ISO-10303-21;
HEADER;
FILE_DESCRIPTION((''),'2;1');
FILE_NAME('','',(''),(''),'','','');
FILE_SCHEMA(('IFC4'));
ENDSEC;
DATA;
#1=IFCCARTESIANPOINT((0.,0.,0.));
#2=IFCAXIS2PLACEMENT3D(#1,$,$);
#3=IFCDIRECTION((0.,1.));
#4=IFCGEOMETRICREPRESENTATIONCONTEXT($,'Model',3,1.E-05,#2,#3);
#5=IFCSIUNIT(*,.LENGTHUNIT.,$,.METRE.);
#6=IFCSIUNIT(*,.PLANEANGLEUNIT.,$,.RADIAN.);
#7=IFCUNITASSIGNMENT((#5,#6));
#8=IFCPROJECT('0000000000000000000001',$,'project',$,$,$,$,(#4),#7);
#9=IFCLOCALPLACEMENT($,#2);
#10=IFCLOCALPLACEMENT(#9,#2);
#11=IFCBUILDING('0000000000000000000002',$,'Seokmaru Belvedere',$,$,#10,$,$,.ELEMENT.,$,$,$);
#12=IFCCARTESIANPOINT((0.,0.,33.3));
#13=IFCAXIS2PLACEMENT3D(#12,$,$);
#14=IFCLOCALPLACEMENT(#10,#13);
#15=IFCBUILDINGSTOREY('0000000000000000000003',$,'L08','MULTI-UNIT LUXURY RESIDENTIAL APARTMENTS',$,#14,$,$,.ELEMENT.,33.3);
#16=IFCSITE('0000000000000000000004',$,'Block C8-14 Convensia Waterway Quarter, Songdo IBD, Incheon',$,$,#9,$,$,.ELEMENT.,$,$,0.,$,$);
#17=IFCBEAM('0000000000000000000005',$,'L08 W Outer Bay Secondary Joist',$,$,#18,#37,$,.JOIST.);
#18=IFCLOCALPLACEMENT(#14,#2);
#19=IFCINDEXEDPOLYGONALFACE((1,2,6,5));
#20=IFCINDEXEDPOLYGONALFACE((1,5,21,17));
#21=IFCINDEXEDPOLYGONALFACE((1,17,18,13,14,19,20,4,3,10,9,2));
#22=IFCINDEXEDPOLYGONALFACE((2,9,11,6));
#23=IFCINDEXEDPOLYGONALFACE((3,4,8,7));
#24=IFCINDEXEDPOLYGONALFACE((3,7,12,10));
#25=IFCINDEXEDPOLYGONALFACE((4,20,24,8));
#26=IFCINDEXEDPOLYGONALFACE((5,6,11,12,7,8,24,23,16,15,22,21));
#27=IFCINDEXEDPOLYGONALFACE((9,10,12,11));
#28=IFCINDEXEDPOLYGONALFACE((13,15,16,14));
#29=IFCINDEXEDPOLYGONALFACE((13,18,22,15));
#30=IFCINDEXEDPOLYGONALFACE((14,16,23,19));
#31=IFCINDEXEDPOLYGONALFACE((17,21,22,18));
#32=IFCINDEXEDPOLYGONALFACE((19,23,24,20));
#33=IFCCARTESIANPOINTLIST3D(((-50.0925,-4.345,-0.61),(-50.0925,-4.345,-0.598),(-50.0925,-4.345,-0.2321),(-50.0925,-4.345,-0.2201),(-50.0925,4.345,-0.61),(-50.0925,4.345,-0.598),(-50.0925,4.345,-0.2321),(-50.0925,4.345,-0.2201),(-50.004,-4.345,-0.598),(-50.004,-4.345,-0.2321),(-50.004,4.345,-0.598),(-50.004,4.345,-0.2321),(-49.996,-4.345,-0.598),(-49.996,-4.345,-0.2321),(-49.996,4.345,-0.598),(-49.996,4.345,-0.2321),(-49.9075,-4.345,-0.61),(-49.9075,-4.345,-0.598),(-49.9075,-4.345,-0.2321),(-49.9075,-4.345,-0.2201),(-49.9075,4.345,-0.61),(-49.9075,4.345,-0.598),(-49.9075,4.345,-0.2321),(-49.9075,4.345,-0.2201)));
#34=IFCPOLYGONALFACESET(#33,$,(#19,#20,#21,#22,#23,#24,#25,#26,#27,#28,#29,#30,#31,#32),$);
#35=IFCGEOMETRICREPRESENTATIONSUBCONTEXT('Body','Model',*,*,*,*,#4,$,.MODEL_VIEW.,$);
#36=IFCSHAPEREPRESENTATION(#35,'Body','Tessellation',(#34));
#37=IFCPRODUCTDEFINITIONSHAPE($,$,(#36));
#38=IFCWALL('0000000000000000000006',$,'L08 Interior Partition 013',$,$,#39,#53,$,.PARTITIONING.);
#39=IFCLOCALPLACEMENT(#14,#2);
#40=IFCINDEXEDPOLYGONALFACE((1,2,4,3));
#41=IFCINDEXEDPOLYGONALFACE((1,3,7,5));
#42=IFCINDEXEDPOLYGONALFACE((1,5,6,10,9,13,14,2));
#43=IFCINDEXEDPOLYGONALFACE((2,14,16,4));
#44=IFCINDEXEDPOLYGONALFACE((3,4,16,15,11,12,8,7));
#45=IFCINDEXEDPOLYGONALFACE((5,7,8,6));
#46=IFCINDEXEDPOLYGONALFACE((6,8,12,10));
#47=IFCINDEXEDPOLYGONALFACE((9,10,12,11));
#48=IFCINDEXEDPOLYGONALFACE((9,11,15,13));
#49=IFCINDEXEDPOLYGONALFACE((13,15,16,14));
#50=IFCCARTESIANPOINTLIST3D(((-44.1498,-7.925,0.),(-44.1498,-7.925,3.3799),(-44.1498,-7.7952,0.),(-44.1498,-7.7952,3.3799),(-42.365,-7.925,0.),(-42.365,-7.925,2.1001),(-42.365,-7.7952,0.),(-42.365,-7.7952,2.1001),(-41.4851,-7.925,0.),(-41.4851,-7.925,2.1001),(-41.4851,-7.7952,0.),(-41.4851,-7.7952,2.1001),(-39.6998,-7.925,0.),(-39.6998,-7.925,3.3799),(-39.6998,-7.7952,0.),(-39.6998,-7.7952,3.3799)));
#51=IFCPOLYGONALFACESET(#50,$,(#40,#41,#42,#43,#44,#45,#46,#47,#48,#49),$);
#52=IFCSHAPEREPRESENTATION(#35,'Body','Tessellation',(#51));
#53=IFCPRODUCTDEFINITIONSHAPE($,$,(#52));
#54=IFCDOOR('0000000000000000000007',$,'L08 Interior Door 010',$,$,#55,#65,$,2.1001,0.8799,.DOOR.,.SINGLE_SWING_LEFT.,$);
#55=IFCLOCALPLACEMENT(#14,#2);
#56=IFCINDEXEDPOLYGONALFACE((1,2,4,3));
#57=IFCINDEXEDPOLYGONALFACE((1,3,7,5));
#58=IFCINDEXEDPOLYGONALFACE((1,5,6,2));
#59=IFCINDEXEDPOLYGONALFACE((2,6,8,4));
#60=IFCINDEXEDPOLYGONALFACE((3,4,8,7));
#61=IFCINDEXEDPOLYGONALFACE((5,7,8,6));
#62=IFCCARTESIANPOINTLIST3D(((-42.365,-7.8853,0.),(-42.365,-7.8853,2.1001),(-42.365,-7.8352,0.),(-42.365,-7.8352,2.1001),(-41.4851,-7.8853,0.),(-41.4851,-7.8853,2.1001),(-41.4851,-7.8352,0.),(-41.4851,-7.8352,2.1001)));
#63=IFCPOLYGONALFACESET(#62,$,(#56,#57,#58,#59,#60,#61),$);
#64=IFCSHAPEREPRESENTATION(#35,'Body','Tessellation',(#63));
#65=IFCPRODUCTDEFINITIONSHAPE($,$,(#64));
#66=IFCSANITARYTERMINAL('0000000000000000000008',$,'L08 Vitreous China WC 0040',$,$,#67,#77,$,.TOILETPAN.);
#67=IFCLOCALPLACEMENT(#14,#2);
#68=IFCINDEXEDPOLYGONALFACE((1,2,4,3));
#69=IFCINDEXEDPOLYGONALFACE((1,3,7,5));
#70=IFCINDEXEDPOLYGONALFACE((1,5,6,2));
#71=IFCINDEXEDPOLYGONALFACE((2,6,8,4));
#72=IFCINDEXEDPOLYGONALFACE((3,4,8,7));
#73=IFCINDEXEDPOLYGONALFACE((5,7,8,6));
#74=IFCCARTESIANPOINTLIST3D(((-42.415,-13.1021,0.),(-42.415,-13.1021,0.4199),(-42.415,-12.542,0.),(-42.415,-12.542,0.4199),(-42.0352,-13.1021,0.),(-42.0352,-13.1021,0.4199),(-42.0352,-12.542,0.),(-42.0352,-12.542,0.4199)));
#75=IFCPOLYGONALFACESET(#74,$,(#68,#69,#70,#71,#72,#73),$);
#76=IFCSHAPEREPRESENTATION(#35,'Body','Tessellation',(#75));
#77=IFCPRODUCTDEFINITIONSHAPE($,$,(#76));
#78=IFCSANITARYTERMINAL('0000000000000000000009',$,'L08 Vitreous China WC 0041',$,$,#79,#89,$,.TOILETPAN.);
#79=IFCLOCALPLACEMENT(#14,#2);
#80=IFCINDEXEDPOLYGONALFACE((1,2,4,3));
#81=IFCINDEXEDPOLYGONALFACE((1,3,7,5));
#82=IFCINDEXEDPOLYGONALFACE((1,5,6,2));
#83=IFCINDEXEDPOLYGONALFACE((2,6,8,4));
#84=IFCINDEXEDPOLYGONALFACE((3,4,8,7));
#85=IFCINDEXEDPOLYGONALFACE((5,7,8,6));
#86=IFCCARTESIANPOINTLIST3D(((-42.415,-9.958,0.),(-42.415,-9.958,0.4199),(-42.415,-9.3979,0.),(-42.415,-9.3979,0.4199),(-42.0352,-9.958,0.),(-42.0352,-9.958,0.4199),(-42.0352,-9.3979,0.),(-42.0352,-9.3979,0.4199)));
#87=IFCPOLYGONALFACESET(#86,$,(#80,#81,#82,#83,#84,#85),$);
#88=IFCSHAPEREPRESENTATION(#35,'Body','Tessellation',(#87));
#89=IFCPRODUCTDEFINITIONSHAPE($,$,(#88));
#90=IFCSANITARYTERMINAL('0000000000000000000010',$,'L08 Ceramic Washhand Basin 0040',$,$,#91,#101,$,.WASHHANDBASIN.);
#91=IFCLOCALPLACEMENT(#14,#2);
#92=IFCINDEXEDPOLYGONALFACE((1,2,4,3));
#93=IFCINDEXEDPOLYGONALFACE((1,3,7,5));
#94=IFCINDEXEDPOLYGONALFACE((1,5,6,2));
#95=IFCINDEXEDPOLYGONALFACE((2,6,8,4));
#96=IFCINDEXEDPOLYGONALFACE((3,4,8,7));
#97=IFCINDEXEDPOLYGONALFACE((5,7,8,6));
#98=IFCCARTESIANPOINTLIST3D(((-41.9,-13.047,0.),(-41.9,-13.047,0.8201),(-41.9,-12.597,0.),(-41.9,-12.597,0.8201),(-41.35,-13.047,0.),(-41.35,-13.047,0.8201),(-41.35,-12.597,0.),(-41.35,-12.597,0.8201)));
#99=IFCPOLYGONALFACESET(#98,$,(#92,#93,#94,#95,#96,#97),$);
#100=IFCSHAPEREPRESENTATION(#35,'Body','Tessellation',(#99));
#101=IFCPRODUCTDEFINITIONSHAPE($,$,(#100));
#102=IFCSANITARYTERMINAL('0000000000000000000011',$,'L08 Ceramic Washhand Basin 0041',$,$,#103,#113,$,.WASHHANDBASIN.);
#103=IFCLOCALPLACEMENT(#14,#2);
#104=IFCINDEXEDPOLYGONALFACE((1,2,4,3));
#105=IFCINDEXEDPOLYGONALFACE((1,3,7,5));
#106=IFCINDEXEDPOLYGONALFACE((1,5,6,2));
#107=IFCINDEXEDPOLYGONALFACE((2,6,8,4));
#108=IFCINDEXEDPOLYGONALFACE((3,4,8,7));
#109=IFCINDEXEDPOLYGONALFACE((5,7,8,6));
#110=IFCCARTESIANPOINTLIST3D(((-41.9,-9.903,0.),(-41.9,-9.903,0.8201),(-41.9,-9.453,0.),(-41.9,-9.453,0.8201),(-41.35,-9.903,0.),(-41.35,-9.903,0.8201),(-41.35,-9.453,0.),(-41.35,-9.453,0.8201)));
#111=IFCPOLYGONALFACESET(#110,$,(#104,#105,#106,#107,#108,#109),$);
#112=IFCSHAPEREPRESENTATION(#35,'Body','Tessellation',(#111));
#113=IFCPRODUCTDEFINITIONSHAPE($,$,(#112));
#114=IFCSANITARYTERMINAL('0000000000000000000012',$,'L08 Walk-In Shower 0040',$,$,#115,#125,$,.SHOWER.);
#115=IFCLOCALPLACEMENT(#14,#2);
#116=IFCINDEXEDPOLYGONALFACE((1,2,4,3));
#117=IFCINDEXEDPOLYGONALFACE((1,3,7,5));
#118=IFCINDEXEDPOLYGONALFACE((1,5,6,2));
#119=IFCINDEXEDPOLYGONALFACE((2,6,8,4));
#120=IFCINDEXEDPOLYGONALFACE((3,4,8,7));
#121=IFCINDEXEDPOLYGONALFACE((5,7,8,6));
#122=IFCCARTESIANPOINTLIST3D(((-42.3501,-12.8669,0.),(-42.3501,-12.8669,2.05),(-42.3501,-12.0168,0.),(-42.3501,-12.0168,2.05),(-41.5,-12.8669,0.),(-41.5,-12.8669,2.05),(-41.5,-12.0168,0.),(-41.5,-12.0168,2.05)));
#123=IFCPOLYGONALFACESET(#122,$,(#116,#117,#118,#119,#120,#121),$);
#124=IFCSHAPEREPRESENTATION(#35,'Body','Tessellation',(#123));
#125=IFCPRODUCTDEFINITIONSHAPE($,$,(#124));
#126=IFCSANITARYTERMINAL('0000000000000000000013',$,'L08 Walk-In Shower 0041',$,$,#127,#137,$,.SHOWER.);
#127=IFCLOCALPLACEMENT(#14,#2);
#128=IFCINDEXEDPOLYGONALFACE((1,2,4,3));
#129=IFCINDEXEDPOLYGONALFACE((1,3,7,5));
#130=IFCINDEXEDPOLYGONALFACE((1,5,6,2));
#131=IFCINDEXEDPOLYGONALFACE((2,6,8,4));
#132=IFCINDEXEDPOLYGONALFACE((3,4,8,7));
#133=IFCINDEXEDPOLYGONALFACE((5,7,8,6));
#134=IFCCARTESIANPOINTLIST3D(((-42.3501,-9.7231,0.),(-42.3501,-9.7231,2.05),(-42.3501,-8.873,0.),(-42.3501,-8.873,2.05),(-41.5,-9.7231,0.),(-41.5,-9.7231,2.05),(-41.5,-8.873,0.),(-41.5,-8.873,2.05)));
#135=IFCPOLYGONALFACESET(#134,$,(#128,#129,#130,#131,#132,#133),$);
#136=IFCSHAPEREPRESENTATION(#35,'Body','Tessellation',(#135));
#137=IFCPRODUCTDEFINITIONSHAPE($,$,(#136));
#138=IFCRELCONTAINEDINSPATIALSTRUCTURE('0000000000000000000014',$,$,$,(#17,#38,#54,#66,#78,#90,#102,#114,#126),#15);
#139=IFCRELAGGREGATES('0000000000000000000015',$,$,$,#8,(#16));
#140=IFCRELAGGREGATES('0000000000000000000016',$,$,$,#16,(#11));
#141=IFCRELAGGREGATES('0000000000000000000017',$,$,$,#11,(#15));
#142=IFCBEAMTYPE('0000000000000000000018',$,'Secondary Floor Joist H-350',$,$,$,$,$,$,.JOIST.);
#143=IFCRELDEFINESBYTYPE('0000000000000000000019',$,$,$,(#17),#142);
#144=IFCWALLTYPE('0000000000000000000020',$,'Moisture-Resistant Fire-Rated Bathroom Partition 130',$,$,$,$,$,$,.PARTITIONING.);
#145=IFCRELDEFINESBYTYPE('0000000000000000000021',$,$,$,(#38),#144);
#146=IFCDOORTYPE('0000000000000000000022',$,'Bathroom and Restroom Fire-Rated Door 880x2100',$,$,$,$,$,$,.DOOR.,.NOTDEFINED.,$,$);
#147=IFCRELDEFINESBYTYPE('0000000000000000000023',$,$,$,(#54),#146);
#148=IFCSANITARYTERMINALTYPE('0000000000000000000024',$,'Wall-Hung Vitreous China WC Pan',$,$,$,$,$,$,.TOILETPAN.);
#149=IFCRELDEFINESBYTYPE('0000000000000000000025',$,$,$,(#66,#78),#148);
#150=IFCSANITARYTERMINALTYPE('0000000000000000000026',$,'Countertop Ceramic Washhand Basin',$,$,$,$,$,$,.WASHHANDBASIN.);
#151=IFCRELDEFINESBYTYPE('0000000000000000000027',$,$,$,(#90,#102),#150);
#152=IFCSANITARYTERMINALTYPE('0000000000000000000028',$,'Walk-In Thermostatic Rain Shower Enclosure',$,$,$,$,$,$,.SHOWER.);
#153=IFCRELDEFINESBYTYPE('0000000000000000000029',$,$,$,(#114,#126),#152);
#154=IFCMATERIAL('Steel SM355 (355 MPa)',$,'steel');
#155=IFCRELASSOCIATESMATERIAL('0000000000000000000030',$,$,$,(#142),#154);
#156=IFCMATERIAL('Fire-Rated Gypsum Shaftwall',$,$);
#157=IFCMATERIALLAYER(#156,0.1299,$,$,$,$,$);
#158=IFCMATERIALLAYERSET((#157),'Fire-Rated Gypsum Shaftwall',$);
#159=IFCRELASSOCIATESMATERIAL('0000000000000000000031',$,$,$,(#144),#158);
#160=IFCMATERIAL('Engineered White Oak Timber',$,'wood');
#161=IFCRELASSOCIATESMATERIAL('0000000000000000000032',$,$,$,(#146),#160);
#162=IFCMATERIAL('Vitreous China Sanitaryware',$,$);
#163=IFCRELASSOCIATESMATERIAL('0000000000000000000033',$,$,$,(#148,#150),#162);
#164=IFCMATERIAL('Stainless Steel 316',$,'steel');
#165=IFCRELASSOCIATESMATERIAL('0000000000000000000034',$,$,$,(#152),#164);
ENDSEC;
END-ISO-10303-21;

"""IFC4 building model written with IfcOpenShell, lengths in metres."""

from ifc_helpers import new_model, si_unit, direction, frame, frame_2d, origin, origin_2d, place, context, subcontext, project, spatial, rectangle, i_section, extrude, source, transform, mapped, material, layer, layer_set, material_profile, profile_set, type_object, type_shapes, element, fill, save


model = new_model("IFC4")

# Units and contexts
model_context = context("Model", 3, precision=1e-05, world=origin(), true_north=direction((0.0, 1.0)))
body_context = subcontext(model_context, "Body", "Model", "MODEL_VIEW")
ifc_project = project(units=[si_unit("LENGTHUNIT", "METRE"), si_unit("PLANEANGLEUNIT", "RADIAN")], contexts=[model_context])

# Site, building, storey
site_placement = place(None, origin())
site = spatial("IfcSite", under=ifc_project, at=site_placement, Name="Block C8-14 Convensia Waterway Quarter, Songdo IBD, Incheon", CompositionType="ELEMENT", RefElevation=0.0)
building_placement = place(site_placement, origin())
building = spatial("IfcBuilding", under=site, at=building_placement, Name="Seokmaru Belvedere", CompositionType="ELEMENT")
storey_placement = place(building_placement, frame((0.0, 0.0, 33.3)))
storey = spatial("IfcBuildingStorey", under=building, at=storey_placement, Name="L08", Description="MULTI-UNIT LUXURY RESIDENTIAL APARTMENTS", CompositionType="ELEMENT", Elevation=33.3)

# Beam
ifc_material_1 = material(Name="Steel SM355 (355 MPa)", Category="steel")
ifc_material_profile_1 = material_profile(ifc_material_1, i_section(OverallWidth=0.1851, OverallDepth=0.3899, WebThickness=0.0081, FlangeThickness=0.012, at=origin_2d()), Name="H-390x185x8x12")
ifc_profile_set_1 = profile_set([ifc_material_profile_1], Name="Steel SM355 (355 MPa)")
beam_type_1 = type_object("IfcBeamType", Name="Secondary Floor Joist H-350", PredefinedType="JOIST", material=ifc_profile_set_1)
shared_shape_1 = source(origin(), body_context, "Body", "SweptSolid", [
    extrude(i_section(OverallWidth=0.1851, OverallDepth=0.3899, WebThickness=0.0081, FlangeThickness=0.012, at=origin_2d()), origin(), (0.0, 0.0, 1.0), 8.6899),
])
type_shapes(beam_type_1, [shared_shape_1])
for number, where, z_axis, x_axis, name in (
    (1, (-50.0, -4.345, -0.415), (0.0, 1.0, 0.0), (-1.0, 0.0, 0.0), "L08 W Outer Bay Secondary Joist"),
):
    element("IfcBeam", number, at=place(storey_placement, frame(where, z_axis=z_axis, x_axis=x_axis)), inside=storey, type_object=beam_type_1, Name=name, PredefinedType="JOIST", context=body_context, shape_type="MappedRepresentation", body=[
        mapped(shared_shape_1, transform((0.0, 0.0, 0.0), scale=1.0)),
    ])

# Wall, opening, door
ifc_material_2 = material(Name="Fire-Rated Gypsum Shaftwall")
ifc_layer = layer(ifc_material_2, 0.1299)
ifc_layer_set = layer_set([ifc_layer], Name="Fire-Rated Gypsum Shaftwall")
wall_type = type_object("IfcWallType", Name="Moisture-Resistant Fire-Rated Bathroom Partition 130", PredefinedType="PARTITIONING", material=ifc_layer_set)
wall_placement = place(storey_placement, frame((-44.1499, -7.8601, 0.0), z_axis=(0.0, 0.0, 1.0), x_axis=(1.0, 0.0, 0.0)))
wall = element("IfcWall", 2, at=wall_placement, inside=storey, type_object=wall_type, Name="L08 Interior Partition 013", PredefinedType="PARTITIONING", context=body_context, shape_type="SweptSolid", body=[
    extrude(rectangle(XDim=4.45, YDim=0.1299, at=frame_2d((2.2251, 0.0))), origin(), (0.0, 0.0, 1.0), 3.3799),
])
opening_placement = place(wall_placement, frame((1.7849, 0.0, 0.0)))
opening = element("IfcOpeningElement", 3, at=opening_placement, cuts=wall, PredefinedType="OPENING", context=body_context, shape_type="SweptSolid", body=[
    extrude(rectangle(XDim=0.8799, YDim=2.1001, at=frame_2d((0.4399, 1.05))), frame((0.0, 0.075, 0.0), z_axis=(0.0, -1.0, 0.0), x_axis=(1.0, 0.0, 0.0)), (0.0, 0.0, 1.0), 0.1499),
])
ifc_material_3 = material(Name="Engineered White Oak Timber", Category="wood")
door_type = type_object("IfcDoorType", Name="Bathroom and Restroom Fire-Rated Door 880x2100", OperationType="NOTDEFINED", PredefinedType="DOOR", material=ifc_material_3)
shared_shape_2 = source(origin(), body_context, "Body", "SweptSolid", [
    extrude(rectangle(XDim=0.8799, YDim=2.1001, at=frame_2d((0.4399, 1.05))), frame((0.0, 0.0249, 0.0), z_axis=(0.0, -1.0, 0.0), x_axis=(1.0, 0.0, 0.0)), (0.0, 0.0, 1.0), 0.05),
])
type_shapes(door_type, [shared_shape_2])
door_placement = place(opening_placement, origin())
door = element("IfcDoor", 4, at=door_placement, inside=storey, type_object=door_type, Name="L08 Interior Door 010", OperationType="SINGLE_SWING_LEFT", OverallHeight=2.1001, OverallWidth=0.8799, PredefinedType="DOOR", context=body_context, shape_type="MappedRepresentation", body=[
    mapped(shared_shape_2, transform((0.0, 0.0, 0.0), scale=1.0)),
])
fill(opening, door)

# Sanitary terminals
ifc_material_4 = material(Name="Vitreous China Sanitaryware")
sanitary_terminal_type_1 = type_object("IfcSanitaryTerminalType", Name="Wall-Hung Vitreous China WC Pan", PredefinedType="TOILETPAN", material=ifc_material_4)
shared_shape_3 = source(origin(), body_context, "Body", "SweptSolid", [
    extrude(rectangle(XDim=0.3799, YDim=0.5601, at=origin_2d()), origin(), (0.0, 0.0, 1.0), 0.4199),
])
type_shapes(sanitary_terminal_type_1, [shared_shape_3])
for number, where, z_axis, x_axis, name in (
    (5, (-42.2251, -12.822, 0.0), (0.0, 0.0, 1.0), (1.0, 0.0, 0.0), "L08 Vitreous China WC 0040"),
    (6, (-42.2251, -9.678, 0.0), (0.0, 0.0, 1.0), (1.0, 0.0, 0.0), "L08 Vitreous China WC 0041"),
):
    element("IfcSanitaryTerminal", number, at=place(storey_placement, frame(where, z_axis=z_axis, x_axis=x_axis)), inside=storey, type_object=sanitary_terminal_type_1, Name=name, PredefinedType="TOILETPAN", context=body_context, shape_type="MappedRepresentation", body=[
        mapped(shared_shape_3, transform((0.0, 0.0, 0.0), scale=1.0)),
    ])
sanitary_terminal_type_2 = type_object("IfcSanitaryTerminalType", Name="Countertop Ceramic Washhand Basin", PredefinedType="WASHHANDBASIN", material=ifc_material_4)
shared_shape_4 = source(origin(), body_context, "Body", "SweptSolid", [
    extrude(rectangle(XDim=0.55, YDim=0.45, at=origin_2d()), origin(), (0.0, 0.0, 1.0), 0.8201),
])
type_shapes(sanitary_terminal_type_2, [shared_shape_4])
for number, where, z_axis, x_axis, name in (
    (7, (-41.625, -12.822, 0.0), (0.0, 0.0, 1.0), (1.0, 0.0, 0.0), "L08 Ceramic Washhand Basin 0040"),
    (8, (-41.625, -9.678, 0.0), (0.0, 0.0, 1.0), (1.0, 0.0, 0.0), "L08 Ceramic Washhand Basin 0041"),
):
    element("IfcSanitaryTerminal", number, at=place(storey_placement, frame(where, z_axis=z_axis, x_axis=x_axis)), inside=storey, type_object=sanitary_terminal_type_2, Name=name, PredefinedType="WASHHANDBASIN", context=body_context, shape_type="MappedRepresentation", body=[
        mapped(shared_shape_4, transform((0.0, 0.0, 0.0), scale=1.0)),
    ])
ifc_material_5 = material(Name="Stainless Steel 316", Category="steel")
sanitary_terminal_type_3 = type_object("IfcSanitaryTerminalType", Name="Walk-In Thermostatic Rain Shower Enclosure", PredefinedType="SHOWER", material=ifc_material_5)
shared_shape_5 = source(origin(), body_context, "Body", "SweptSolid", [
    extrude(rectangle(XDim=0.8501, YDim=0.8501, at=origin_2d()), origin(), (0.0, 0.0, 1.0), 2.05),
])
type_shapes(sanitary_terminal_type_3, [shared_shape_5])
for number, where, z_axis, x_axis, name in (
    (9, (-41.925, -12.4419, 0.0), (0.0, 0.0, 1.0), (1.0, 0.0, 0.0), "L08 Walk-In Shower 0040"),
    (10, (-41.925, -9.2981, 0.0), (0.0, 0.0, 1.0), (1.0, 0.0, 0.0), "L08 Walk-In Shower 0041"),
):
    element("IfcSanitaryTerminal", number, at=place(storey_placement, frame(where, z_axis=z_axis, x_axis=x_axis)), inside=storey, type_object=sanitary_terminal_type_3, Name=name, PredefinedType="SHOWER", context=body_context, shape_type="MappedRepresentation", body=[
        mapped(shared_shape_5, transform((0.0, 0.0, 0.0), scale=1.0)),
    ])

save(model, "model.ifc")
